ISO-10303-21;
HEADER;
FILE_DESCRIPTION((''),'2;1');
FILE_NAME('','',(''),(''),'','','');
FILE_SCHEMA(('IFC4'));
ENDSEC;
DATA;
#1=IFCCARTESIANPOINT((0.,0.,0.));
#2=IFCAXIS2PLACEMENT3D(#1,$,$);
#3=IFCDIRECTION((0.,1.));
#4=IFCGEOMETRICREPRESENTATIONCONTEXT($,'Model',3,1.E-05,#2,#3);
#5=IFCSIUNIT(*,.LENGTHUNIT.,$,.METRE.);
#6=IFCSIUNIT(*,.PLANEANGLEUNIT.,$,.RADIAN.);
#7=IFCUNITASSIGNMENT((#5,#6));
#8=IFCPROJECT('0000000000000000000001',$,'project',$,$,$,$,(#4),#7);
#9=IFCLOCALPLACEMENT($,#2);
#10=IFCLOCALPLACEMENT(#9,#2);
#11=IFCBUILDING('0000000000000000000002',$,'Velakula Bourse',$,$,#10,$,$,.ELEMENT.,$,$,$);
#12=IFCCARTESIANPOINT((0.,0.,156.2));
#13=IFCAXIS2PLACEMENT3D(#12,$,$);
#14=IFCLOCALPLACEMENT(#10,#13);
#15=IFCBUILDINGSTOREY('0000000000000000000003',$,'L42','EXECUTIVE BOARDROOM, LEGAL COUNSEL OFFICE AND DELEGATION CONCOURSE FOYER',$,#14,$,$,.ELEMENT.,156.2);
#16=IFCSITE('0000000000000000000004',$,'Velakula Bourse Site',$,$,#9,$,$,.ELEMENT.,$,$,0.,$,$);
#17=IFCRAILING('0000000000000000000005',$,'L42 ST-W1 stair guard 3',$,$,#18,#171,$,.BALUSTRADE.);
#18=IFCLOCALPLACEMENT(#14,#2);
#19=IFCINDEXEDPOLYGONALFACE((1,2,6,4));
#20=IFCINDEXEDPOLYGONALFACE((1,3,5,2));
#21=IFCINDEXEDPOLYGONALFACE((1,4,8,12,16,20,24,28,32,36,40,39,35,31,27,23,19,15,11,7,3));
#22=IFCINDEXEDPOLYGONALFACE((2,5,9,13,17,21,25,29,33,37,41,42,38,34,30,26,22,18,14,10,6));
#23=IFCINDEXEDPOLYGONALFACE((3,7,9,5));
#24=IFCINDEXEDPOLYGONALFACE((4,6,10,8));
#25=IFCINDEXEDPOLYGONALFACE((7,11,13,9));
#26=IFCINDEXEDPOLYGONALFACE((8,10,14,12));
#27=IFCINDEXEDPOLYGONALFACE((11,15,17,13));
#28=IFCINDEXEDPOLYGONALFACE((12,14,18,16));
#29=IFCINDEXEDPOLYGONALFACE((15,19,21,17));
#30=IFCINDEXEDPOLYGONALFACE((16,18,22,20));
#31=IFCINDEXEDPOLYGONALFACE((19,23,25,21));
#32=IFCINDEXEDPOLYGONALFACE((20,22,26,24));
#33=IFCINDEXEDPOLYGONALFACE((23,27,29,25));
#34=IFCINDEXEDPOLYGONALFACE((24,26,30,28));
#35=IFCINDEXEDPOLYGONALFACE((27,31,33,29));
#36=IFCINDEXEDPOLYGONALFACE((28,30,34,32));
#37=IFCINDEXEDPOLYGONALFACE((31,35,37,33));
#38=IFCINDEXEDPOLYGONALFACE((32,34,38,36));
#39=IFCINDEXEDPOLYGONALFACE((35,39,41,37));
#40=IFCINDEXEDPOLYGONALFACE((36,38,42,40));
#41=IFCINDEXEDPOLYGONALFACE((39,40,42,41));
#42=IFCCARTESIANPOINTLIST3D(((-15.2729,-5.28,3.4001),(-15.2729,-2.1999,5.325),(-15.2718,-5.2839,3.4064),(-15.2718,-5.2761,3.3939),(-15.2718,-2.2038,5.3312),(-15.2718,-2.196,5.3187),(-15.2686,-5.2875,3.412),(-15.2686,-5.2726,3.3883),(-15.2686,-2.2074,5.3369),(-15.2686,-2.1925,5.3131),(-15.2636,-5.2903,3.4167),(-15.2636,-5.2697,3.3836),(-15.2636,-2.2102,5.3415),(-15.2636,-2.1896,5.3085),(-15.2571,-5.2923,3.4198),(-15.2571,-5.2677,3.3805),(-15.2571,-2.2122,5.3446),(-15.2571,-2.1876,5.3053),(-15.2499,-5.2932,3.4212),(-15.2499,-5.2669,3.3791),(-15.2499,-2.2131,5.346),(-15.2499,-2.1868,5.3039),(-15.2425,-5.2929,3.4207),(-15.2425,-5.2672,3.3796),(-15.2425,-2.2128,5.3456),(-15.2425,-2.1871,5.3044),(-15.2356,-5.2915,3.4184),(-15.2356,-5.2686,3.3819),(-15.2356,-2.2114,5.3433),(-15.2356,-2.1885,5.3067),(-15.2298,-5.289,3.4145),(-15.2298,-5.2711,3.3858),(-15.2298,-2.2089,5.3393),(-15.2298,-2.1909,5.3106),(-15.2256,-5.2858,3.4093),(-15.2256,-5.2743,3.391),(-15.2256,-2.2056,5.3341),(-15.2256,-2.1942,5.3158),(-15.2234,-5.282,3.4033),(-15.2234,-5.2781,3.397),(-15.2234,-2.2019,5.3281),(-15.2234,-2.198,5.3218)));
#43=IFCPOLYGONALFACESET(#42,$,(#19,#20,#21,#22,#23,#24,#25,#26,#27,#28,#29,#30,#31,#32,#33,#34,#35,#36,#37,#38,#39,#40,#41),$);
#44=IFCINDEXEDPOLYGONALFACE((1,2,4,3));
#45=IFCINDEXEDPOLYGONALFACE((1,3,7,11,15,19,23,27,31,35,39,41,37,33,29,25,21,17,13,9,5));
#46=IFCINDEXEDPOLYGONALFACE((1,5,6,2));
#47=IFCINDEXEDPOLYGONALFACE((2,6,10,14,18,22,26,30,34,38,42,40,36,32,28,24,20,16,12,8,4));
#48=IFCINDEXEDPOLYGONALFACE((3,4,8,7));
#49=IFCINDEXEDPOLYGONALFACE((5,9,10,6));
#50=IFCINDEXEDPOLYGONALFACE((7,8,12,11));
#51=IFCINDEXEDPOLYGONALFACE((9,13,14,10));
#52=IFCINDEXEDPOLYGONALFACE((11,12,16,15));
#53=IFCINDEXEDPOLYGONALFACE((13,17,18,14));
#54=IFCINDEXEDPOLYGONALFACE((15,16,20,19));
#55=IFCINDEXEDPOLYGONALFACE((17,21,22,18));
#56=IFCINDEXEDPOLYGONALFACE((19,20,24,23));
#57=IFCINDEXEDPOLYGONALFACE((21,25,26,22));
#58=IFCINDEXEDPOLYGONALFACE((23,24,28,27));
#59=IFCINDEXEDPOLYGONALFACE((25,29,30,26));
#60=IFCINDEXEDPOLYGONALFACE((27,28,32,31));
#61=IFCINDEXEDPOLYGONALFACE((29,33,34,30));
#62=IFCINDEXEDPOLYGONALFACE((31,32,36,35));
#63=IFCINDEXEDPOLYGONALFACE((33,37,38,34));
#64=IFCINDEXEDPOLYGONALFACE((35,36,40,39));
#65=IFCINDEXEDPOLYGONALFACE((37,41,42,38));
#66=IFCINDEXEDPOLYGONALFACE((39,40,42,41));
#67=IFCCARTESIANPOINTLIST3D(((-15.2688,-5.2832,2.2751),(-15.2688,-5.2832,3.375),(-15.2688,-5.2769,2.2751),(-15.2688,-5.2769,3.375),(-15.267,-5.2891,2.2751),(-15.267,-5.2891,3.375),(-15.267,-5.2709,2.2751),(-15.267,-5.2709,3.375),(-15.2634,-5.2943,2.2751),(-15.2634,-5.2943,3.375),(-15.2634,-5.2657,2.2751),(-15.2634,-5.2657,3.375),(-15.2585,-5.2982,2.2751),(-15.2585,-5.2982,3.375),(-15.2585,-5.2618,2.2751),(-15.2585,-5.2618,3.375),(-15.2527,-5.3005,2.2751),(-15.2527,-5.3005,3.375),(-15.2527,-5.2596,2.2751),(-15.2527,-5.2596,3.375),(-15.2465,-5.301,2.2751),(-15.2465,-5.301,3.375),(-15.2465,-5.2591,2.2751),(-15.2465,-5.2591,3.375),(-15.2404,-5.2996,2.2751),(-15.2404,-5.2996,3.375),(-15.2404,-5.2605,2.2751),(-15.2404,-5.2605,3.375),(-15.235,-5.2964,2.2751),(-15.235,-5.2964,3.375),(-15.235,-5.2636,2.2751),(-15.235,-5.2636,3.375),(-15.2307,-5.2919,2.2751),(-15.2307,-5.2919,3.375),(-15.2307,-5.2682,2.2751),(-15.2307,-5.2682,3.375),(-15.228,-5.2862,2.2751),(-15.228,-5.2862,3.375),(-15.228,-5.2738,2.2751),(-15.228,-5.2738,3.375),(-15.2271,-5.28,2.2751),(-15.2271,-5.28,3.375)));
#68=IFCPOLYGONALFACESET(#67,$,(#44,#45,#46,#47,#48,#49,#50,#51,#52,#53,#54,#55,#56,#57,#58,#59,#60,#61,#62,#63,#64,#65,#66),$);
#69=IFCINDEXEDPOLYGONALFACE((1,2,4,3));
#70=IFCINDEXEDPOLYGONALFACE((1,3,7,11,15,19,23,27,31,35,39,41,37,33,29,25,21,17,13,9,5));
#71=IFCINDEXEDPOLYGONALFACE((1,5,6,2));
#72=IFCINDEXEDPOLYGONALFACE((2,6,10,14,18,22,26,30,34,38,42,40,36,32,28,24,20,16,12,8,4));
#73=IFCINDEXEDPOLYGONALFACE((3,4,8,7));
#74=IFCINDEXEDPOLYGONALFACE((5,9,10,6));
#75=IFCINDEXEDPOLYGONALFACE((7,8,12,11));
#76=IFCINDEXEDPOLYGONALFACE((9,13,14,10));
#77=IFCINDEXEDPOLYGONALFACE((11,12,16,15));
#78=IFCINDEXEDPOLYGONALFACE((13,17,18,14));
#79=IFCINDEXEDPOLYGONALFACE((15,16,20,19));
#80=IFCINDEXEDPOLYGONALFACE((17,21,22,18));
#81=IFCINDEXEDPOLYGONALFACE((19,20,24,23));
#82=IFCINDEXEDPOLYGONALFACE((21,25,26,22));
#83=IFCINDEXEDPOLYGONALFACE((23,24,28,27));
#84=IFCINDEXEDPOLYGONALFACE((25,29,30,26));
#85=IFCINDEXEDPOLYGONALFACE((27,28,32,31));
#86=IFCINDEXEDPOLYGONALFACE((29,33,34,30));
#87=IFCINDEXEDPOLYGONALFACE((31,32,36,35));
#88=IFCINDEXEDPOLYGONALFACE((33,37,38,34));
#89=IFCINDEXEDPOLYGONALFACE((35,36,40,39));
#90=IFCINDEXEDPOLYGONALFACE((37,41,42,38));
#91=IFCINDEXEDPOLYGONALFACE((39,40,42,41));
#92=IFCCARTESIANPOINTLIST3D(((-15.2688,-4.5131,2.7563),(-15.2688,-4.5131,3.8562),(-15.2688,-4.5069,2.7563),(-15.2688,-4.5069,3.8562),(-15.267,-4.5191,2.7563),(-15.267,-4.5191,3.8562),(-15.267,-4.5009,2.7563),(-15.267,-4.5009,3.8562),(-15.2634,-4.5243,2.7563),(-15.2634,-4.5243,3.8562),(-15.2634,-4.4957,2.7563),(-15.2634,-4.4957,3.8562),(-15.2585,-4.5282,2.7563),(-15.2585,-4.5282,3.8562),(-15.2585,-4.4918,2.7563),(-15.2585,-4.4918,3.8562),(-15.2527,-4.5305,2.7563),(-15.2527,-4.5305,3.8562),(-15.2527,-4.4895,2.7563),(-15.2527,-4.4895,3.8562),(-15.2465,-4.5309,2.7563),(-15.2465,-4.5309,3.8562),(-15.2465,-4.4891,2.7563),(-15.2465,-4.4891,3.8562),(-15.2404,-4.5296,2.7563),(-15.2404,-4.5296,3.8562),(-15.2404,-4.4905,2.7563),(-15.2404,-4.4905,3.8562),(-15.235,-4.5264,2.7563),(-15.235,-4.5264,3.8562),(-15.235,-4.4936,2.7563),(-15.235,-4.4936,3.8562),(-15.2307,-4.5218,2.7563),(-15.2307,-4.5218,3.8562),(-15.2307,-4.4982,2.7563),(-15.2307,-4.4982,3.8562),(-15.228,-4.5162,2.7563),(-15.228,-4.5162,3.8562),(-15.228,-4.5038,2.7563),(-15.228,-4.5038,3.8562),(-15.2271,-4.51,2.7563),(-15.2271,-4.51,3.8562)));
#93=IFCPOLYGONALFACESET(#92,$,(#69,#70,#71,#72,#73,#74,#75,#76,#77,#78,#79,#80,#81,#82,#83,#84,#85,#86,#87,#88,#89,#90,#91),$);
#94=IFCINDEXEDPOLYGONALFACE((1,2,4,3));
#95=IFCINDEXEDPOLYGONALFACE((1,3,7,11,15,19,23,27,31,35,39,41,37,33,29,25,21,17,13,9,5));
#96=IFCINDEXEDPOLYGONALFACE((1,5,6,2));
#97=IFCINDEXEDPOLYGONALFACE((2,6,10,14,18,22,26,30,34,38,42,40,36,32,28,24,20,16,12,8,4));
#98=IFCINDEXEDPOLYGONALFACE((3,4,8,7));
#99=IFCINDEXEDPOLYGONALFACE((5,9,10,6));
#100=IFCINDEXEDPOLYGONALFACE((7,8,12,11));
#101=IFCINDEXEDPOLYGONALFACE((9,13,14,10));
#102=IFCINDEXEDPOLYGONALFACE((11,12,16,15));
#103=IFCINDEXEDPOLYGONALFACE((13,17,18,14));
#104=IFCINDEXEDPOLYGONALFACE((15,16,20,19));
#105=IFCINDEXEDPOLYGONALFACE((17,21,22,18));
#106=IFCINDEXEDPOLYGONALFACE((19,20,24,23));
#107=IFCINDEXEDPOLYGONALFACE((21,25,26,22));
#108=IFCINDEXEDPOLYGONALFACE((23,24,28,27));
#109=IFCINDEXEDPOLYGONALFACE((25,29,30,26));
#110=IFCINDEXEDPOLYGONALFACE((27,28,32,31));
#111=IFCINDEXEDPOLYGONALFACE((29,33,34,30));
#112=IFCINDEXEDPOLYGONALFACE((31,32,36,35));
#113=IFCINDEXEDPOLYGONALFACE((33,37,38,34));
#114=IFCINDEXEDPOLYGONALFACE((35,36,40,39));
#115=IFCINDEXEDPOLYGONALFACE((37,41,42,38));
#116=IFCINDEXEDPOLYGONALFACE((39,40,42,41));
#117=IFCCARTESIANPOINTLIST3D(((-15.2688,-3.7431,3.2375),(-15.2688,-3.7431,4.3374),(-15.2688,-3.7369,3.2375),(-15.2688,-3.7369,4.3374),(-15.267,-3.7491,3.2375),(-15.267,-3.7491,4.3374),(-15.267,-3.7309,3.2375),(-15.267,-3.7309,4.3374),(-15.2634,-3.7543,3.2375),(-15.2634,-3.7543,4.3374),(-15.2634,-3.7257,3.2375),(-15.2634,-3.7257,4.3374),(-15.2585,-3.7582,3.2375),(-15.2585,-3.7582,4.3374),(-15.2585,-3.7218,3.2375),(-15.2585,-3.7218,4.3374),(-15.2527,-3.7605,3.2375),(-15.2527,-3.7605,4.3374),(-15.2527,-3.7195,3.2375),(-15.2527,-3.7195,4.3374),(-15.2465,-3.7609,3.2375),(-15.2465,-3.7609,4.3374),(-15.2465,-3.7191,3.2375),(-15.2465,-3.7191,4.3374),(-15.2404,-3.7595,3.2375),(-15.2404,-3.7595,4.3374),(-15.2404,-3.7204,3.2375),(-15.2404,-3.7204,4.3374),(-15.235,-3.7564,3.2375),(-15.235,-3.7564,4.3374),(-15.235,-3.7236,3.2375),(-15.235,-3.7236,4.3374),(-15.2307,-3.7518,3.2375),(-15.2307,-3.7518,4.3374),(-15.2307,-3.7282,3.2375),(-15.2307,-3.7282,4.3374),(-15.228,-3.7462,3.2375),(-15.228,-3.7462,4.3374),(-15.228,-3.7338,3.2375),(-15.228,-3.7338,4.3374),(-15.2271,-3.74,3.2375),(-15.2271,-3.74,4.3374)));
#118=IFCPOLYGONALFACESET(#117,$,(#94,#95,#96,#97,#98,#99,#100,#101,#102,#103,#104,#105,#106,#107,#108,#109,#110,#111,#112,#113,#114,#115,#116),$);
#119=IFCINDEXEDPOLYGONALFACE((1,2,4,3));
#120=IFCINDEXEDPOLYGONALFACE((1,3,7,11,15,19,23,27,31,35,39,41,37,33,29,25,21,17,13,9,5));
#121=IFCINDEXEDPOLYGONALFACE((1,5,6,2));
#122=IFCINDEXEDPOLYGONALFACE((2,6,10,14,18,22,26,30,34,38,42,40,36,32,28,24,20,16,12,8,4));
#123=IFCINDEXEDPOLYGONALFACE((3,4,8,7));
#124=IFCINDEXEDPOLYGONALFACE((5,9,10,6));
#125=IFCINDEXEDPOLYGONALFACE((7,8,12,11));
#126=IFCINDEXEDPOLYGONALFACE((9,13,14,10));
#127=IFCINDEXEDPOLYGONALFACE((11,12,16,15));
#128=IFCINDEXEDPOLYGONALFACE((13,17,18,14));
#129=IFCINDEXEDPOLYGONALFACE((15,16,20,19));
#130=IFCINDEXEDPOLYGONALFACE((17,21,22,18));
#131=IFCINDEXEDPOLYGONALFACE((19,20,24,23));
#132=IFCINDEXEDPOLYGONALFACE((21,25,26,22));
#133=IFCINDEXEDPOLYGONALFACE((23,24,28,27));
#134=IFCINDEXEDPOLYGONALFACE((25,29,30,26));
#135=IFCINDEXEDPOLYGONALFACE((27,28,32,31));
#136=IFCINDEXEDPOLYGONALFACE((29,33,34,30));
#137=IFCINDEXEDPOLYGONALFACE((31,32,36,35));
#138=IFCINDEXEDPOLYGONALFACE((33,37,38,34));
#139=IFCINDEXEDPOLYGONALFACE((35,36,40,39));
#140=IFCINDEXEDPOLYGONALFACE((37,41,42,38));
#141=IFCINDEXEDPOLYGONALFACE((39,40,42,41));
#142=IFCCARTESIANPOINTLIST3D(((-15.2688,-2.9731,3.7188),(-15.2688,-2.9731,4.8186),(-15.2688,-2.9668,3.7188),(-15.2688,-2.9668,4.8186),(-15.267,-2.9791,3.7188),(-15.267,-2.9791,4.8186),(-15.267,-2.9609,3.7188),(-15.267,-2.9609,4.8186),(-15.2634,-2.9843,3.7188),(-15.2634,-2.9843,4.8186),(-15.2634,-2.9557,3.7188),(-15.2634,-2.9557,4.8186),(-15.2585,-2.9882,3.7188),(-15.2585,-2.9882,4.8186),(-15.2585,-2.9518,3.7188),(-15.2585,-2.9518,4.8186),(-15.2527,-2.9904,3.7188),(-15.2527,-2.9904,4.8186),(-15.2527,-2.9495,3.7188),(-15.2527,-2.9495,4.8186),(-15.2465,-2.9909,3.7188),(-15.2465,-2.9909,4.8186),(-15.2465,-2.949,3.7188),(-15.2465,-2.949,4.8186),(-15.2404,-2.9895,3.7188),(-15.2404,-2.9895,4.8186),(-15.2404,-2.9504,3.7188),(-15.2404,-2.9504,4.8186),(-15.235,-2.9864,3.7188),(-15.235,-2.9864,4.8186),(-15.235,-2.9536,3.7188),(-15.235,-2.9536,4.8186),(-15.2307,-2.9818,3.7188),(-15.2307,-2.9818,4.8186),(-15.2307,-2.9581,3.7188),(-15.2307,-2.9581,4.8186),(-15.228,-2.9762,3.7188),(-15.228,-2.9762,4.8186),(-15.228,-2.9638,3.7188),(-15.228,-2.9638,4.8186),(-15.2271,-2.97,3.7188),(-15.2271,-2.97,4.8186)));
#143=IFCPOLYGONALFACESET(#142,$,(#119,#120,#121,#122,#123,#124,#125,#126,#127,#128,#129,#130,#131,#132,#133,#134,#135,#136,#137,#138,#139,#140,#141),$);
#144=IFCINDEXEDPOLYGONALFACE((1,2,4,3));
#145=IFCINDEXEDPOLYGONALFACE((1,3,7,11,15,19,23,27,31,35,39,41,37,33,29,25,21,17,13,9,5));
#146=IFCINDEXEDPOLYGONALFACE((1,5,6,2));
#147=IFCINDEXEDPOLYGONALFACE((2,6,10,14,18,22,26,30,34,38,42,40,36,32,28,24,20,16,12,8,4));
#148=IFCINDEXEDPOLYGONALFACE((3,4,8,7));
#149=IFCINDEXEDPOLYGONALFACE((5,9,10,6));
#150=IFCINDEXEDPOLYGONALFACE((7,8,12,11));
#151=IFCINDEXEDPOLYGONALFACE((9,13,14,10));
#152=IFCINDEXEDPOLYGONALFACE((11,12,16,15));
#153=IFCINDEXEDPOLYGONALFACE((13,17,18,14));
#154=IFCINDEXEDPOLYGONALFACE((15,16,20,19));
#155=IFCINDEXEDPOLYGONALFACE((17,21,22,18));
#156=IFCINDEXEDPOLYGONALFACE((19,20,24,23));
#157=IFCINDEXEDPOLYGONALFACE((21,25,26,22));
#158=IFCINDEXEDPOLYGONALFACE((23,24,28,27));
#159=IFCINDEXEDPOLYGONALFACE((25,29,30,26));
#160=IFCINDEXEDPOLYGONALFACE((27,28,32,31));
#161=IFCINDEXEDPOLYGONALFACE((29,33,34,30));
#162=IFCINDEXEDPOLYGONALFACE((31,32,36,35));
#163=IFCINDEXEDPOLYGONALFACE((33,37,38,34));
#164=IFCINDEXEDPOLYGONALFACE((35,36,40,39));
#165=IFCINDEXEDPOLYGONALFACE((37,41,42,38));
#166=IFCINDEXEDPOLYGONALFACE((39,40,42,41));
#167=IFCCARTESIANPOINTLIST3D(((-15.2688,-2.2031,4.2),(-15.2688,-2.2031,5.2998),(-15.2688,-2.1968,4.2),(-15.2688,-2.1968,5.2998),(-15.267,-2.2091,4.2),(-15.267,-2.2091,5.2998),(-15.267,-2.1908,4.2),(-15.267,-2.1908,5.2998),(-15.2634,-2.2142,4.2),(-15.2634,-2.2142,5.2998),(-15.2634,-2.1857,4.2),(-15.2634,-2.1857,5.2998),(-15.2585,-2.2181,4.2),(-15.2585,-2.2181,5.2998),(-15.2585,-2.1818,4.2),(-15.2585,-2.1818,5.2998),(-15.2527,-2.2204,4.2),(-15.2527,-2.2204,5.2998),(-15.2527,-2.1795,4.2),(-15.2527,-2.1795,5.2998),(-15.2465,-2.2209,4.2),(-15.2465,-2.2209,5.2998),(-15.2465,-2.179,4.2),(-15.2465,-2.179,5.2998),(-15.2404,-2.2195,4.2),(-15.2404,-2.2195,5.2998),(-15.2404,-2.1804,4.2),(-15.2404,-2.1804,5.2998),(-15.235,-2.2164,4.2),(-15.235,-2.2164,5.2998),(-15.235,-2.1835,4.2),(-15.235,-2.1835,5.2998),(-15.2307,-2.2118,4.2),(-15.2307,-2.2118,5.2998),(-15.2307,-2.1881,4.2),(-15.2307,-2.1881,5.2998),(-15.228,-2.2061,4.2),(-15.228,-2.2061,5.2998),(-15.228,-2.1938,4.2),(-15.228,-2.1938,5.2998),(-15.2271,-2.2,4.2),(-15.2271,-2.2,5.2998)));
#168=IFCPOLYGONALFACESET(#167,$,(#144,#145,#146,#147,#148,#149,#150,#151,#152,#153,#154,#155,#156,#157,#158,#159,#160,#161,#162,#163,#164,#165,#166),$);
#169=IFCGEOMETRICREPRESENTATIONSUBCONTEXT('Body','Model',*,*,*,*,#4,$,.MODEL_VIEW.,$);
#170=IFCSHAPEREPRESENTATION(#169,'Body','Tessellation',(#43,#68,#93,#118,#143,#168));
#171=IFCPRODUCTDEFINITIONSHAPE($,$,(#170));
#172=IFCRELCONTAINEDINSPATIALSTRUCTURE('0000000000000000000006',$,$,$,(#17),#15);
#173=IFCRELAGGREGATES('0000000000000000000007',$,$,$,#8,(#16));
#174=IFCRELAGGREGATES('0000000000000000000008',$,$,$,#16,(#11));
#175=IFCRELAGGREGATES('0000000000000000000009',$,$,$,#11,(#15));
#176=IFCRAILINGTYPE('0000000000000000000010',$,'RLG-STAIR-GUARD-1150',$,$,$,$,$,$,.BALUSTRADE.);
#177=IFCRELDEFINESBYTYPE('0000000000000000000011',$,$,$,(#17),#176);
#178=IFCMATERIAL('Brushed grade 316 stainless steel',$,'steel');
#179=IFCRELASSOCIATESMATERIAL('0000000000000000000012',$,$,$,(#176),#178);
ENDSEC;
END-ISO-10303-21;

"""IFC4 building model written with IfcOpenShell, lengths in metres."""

from ifc_helpers import new_model, si_unit, direction, frame, origin, origin_2d, place, context, subcontext, project, spatial, circle, extrude, material, type_object, element, save


model = new_model("IFC4")

# Units and contexts
model_context = context("Model", 3, precision=1e-05, world=origin(), true_north=direction((0.0, 1.0)))
body_context = subcontext(model_context, "Body", "Model", "MODEL_VIEW")
ifc_project = project(units=[si_unit("LENGTHUNIT", "METRE"), si_unit("PLANEANGLEUNIT", "RADIAN")], contexts=[model_context])

# Site, building, storey
site_placement = place(None, origin())
site = spatial("IfcSite", under=ifc_project, at=site_placement, Name="Velakula Bourse Site", CompositionType="ELEMENT", RefElevation=0.0)
building_placement = place(site_placement, origin())
building = spatial("IfcBuilding", under=site, at=building_placement, Name="Velakula Bourse", CompositionType="ELEMENT")
storey_placement = place(building_placement, frame((0.0, 0.0, 156.2)))
storey = spatial("IfcBuildingStorey", under=building, at=storey_placement, Name="L42", Description="EXECUTIVE BOARDROOM, LEGAL COUNSEL OFFICE AND DELEGATION CONCOURSE FOYER", CompositionType="ELEMENT", Elevation=156.2)

# Shared definitions
ifc_material_1 = material(Name="Brushed grade 316 stainless steel", Category="steel")

# Railing
railing_type_1 = type_object("IfcRailingType", Name="RLG-STAIR-GUARD-1150", PredefinedType="BALUSTRADE", material=ifc_material_1)
railing_1_placement = place(storey_placement, frame((-15.248, -5.28, 2.2751)))
element("IfcRailing", 1, at=railing_1_placement, inside=storey, type_object=railing_type_1, Name="L42 ST-W1 stair guard 3", PredefinedType="BALUSTRADE", context=body_context, shape_type="SweptSolid", body=[
    extrude(circle(Radius=0.0249, at=origin_2d()), frame((0.0, 0.0, 1.125), z_axis=(0.0, 0.848029, 0.529951), x_axis=(-1.0, 0.0, 0.0)), (0.0, 0.0, 1.0), 3.6321),
    extrude(circle(Radius=0.021, at=origin_2d()), origin(), (0.0, 0.0, 1.0), 1.0999),
    extrude(circle(Radius=0.021, at=origin_2d()), frame((0.0, 0.77, 0.4812)), (0.0, 0.0, 1.0), 1.0999),
    extrude(circle(Radius=0.021, at=origin_2d()), frame((0.0, 1.54, 0.9624)), (0.0, 0.0, 1.0), 1.0999),
    extrude(circle(Radius=0.021, at=origin_2d()), frame((0.0, 2.3101, 1.4436)), (0.0, 0.0, 1.0), 1.0999),
    extrude(circle(Radius=0.021, at=origin_2d()), frame((0.0, 3.0801, 1.9248)), (0.0, 0.0, 1.0), 1.0999),
])

save(model, "model.ifc")
